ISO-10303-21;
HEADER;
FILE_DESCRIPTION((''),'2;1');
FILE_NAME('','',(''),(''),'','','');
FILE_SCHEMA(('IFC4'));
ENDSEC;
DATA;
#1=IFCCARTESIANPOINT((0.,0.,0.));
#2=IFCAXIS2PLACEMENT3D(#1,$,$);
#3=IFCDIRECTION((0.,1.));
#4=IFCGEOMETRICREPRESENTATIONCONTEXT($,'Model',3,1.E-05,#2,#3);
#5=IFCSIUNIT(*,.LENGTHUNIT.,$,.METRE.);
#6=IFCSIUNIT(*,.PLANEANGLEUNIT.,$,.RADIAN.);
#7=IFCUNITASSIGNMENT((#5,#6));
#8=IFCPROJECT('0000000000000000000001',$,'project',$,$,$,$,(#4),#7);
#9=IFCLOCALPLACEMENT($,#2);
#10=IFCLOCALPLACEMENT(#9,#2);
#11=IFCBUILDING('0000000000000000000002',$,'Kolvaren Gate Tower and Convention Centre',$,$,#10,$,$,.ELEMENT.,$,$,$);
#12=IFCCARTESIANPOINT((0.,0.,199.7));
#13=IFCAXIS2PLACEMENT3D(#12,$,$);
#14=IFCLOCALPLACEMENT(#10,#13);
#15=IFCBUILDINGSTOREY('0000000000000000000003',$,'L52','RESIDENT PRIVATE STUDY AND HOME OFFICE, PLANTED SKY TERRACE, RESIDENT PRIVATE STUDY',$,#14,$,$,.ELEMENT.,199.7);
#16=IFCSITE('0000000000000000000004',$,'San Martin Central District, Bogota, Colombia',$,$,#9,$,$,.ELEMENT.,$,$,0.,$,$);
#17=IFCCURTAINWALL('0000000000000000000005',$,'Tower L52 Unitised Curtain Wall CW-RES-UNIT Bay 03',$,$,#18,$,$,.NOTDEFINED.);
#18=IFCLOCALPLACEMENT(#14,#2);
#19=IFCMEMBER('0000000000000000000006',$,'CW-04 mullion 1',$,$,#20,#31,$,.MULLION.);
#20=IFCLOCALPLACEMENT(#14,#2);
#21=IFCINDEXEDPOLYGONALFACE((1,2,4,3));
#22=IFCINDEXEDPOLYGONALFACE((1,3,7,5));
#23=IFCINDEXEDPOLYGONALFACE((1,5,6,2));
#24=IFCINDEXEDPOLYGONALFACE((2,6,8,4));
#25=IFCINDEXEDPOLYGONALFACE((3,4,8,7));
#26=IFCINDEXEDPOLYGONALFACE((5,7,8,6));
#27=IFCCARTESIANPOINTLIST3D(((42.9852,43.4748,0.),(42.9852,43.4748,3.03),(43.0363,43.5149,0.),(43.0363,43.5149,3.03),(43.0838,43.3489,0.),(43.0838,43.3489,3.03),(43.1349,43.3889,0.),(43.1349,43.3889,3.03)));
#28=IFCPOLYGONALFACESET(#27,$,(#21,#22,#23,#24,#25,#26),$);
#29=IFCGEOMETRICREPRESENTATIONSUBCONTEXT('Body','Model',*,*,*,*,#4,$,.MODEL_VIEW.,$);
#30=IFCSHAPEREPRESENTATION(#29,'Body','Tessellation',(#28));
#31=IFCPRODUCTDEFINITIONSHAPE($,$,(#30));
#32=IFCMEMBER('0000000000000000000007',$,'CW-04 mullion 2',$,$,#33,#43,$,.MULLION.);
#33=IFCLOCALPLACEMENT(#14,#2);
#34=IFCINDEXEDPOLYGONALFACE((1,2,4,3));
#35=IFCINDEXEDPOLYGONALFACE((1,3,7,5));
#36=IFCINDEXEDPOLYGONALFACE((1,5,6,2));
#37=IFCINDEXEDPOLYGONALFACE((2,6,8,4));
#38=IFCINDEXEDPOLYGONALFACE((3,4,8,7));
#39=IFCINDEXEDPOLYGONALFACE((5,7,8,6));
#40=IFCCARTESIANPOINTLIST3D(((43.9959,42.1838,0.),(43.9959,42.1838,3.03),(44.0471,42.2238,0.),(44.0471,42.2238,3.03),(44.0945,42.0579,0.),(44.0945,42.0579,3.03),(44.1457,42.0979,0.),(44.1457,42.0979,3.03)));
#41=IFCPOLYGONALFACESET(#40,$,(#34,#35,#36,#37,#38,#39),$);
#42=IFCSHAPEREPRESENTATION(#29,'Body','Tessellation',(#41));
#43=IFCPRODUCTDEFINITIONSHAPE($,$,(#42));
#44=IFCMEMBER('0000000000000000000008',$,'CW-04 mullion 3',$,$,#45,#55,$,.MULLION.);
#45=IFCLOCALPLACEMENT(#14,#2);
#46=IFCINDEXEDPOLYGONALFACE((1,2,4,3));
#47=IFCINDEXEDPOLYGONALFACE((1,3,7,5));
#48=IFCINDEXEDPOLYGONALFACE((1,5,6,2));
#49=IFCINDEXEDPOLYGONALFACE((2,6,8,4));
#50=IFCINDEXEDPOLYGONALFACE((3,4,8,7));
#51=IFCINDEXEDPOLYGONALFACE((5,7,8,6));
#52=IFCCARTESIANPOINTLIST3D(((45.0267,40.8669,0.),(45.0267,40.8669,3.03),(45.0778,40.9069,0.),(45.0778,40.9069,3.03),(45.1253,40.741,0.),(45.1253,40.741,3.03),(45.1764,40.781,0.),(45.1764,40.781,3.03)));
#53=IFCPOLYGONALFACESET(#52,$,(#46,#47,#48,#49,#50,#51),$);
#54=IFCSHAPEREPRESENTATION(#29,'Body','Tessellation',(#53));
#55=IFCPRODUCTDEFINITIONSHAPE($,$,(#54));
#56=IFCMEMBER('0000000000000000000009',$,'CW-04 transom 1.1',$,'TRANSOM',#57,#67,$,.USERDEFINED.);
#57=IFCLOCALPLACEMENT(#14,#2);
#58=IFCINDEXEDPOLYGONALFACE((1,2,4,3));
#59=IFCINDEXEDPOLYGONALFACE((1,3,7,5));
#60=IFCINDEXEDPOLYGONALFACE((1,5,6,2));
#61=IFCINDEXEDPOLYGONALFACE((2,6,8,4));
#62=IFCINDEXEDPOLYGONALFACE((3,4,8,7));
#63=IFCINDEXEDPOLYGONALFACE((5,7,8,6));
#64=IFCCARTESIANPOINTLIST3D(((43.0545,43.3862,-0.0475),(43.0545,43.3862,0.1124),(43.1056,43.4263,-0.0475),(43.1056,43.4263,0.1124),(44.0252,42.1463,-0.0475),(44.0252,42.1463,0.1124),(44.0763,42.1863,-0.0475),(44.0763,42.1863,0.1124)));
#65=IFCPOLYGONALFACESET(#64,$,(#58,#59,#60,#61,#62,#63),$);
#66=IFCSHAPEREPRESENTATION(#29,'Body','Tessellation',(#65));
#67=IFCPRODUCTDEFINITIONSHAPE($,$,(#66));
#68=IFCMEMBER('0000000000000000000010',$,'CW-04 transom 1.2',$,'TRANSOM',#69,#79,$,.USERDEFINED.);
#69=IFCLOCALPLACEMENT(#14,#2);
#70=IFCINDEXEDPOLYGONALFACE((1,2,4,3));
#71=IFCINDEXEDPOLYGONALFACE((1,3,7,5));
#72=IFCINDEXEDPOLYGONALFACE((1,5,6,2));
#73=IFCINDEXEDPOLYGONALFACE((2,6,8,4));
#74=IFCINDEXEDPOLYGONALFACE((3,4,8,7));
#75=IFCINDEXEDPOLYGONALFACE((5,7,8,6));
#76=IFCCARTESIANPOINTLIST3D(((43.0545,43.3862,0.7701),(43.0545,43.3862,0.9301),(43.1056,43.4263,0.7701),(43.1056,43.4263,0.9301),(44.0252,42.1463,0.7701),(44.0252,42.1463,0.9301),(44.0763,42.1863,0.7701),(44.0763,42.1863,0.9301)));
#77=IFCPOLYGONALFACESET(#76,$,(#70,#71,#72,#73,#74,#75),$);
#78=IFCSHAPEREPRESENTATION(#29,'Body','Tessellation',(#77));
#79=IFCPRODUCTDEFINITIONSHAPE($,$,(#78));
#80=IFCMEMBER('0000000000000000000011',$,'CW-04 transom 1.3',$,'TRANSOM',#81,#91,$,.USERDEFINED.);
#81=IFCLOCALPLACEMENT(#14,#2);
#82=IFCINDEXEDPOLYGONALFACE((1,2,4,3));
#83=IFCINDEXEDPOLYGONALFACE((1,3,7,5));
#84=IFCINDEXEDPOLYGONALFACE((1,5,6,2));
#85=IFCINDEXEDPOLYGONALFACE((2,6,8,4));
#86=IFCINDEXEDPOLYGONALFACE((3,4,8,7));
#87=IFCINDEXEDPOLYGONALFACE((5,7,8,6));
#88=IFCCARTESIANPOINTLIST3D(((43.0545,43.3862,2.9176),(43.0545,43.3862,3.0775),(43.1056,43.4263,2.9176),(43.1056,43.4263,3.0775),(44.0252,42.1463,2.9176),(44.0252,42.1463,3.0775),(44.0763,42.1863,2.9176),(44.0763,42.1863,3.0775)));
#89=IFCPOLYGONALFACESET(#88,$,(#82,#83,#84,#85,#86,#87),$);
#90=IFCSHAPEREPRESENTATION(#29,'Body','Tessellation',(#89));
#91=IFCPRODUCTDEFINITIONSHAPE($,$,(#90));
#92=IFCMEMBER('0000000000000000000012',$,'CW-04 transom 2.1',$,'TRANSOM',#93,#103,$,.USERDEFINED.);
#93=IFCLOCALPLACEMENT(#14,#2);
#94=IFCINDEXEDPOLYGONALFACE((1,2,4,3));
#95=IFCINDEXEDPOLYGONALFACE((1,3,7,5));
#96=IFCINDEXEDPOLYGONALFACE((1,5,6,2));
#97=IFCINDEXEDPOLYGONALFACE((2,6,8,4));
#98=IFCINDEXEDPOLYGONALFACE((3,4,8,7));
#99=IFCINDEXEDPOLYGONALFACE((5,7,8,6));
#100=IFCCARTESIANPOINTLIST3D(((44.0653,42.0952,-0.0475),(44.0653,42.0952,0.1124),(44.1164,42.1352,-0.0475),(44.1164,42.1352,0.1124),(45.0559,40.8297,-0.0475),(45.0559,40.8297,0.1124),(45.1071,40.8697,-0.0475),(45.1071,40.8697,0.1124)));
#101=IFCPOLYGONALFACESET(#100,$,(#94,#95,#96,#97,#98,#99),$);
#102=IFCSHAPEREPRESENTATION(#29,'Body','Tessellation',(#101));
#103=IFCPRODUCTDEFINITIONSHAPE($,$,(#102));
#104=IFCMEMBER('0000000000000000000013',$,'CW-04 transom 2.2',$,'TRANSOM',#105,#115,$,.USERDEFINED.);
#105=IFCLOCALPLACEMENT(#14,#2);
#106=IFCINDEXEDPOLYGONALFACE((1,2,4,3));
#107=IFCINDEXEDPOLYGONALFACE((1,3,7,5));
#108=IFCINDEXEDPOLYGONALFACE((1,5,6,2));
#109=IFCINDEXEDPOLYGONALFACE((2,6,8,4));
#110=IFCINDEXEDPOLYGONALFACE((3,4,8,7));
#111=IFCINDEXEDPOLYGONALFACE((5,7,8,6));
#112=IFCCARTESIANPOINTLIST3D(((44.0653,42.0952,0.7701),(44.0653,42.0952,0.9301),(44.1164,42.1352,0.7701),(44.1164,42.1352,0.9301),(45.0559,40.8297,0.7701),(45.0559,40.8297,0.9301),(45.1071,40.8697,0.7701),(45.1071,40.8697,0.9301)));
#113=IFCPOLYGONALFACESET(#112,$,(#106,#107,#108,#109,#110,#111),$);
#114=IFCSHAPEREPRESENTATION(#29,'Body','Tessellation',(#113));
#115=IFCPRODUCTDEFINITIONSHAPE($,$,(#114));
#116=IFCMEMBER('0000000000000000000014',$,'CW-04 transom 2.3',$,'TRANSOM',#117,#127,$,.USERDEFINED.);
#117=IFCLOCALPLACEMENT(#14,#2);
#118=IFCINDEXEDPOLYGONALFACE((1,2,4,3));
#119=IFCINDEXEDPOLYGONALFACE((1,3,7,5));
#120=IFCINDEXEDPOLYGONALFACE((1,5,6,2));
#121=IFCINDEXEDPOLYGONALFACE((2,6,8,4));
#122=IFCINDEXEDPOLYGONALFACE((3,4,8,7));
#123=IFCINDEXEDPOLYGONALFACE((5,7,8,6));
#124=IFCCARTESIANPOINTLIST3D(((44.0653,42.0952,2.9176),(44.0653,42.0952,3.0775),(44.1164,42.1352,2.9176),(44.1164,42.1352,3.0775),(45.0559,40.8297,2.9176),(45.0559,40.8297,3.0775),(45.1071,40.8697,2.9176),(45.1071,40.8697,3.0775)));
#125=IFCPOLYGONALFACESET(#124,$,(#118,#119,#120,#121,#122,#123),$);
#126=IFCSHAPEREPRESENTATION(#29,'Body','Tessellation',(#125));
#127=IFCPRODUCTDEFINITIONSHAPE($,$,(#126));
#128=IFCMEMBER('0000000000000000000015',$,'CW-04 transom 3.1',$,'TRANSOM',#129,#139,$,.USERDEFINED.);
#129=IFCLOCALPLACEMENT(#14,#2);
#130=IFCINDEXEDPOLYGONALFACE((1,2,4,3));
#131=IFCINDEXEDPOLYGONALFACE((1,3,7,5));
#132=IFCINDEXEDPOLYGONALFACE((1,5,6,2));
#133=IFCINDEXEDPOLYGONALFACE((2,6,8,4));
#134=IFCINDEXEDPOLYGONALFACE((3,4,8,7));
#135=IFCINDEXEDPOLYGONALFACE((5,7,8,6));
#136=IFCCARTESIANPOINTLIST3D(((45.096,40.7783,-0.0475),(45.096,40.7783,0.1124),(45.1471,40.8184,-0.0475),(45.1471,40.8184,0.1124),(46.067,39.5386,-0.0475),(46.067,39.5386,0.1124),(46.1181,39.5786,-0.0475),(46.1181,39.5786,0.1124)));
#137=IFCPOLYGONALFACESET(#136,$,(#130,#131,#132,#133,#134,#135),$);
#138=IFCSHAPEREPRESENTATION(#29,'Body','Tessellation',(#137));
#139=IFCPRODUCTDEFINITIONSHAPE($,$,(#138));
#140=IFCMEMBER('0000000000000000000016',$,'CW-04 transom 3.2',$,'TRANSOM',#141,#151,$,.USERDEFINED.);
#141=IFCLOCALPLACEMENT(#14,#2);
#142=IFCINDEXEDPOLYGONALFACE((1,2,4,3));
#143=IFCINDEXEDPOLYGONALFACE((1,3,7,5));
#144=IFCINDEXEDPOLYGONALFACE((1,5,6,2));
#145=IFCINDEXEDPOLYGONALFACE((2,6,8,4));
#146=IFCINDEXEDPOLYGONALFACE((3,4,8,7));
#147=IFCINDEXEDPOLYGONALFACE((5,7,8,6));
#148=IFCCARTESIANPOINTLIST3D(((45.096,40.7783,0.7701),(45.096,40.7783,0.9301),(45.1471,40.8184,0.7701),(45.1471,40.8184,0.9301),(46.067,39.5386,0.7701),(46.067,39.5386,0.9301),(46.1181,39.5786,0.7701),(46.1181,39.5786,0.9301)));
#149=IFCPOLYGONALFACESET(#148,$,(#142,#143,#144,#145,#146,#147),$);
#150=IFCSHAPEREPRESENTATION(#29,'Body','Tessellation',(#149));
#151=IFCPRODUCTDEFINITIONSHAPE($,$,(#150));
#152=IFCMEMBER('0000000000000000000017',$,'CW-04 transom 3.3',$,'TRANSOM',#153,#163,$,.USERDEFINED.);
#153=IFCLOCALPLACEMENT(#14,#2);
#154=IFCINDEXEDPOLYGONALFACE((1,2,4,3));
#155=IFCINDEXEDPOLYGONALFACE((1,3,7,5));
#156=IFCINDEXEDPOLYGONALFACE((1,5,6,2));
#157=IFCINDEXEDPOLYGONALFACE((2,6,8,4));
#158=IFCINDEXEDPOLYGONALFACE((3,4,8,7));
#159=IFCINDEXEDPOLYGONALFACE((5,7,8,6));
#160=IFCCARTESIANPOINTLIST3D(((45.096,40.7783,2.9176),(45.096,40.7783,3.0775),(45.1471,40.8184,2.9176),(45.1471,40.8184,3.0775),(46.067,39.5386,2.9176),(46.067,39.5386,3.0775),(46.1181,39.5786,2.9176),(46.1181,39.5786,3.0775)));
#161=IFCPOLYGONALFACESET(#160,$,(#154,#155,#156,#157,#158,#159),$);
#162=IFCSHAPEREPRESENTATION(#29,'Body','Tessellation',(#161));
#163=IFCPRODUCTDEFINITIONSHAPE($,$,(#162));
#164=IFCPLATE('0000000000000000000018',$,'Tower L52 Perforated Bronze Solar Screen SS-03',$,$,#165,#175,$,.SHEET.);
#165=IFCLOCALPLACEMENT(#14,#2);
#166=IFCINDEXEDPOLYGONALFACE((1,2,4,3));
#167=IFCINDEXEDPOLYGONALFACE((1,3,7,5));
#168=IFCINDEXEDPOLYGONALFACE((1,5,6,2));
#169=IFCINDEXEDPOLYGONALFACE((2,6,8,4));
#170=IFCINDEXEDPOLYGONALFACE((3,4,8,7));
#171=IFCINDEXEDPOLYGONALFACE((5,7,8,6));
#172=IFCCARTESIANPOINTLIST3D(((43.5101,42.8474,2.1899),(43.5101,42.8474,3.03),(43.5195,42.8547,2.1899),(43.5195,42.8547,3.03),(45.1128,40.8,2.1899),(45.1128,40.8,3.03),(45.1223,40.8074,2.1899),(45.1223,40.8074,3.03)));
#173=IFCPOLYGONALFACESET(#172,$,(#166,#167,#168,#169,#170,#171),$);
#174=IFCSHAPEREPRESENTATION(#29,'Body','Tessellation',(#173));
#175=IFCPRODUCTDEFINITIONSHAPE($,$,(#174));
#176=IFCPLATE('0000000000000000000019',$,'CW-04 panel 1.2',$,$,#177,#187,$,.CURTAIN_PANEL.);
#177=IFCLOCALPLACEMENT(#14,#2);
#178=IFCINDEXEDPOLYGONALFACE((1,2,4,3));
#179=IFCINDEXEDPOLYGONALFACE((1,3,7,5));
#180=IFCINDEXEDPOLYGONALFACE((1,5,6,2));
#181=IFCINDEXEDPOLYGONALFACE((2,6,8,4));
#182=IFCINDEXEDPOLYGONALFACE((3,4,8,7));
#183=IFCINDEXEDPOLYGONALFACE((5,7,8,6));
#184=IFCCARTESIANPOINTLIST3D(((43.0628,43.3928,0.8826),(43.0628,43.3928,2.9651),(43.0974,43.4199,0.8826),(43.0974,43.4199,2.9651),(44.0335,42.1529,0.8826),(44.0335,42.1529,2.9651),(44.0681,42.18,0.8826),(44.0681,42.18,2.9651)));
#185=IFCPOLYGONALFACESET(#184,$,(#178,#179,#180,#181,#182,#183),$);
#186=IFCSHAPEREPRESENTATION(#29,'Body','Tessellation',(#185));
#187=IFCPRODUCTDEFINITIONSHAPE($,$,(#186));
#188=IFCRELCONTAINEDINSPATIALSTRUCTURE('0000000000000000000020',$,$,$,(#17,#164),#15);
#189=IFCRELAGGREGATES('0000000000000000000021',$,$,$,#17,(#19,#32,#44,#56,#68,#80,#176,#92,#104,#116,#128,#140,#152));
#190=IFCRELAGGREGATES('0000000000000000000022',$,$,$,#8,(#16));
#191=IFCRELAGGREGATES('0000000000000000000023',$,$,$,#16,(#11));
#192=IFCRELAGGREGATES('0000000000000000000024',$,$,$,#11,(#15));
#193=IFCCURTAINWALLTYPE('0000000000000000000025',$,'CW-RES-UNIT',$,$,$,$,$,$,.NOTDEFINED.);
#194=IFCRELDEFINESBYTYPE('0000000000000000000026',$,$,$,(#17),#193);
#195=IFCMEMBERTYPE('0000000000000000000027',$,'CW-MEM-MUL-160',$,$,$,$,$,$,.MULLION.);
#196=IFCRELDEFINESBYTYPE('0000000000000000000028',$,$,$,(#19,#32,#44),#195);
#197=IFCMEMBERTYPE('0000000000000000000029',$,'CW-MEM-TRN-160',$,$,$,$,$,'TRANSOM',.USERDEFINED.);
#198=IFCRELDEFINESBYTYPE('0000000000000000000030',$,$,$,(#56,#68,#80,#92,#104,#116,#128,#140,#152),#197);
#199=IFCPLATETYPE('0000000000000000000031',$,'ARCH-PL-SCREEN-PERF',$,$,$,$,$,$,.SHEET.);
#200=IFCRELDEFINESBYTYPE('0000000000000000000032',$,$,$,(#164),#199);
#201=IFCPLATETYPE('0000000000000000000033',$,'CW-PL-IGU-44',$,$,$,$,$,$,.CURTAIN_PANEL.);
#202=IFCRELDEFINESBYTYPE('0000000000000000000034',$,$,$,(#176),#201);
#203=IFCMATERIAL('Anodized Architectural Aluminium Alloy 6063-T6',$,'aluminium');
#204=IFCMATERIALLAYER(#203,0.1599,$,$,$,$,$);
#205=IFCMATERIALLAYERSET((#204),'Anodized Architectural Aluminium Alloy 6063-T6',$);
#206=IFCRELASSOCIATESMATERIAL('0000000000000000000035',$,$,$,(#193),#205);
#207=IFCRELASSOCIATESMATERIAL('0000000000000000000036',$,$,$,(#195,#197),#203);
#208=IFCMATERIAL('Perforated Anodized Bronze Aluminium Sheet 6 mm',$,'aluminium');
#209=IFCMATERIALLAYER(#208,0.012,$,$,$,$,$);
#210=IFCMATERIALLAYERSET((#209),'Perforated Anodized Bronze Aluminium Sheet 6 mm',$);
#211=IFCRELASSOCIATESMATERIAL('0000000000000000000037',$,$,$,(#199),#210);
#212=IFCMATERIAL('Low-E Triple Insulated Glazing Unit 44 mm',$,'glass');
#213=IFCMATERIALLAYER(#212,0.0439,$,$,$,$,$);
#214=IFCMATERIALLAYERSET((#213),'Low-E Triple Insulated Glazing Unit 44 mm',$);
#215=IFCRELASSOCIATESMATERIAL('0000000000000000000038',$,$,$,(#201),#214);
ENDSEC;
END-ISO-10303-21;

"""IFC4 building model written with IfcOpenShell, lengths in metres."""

from ifc_helpers import new_model, si_unit, direction, frame, origin, origin_2d, place, context, subcontext, project, spatial, rectangle, extrude, material, layer, layer_set, material_profile, profile_set, type_object, element, aggregate, save


model = new_model("IFC4")

# Units and contexts
model_context = context("Model", 3, precision=1e-05, world=origin(), true_north=direction((0.0, 1.0)))
body_context = subcontext(model_context, "Body", "Model", "MODEL_VIEW")
ifc_project = project(units=[si_unit("LENGTHUNIT", "METRE"), si_unit("PLANEANGLEUNIT", "RADIAN")], contexts=[model_context])

# Site, building, storey
site_placement = place(None, origin())
site = spatial("IfcSite", under=ifc_project, at=site_placement, Name="San Martin Central District, Bogota, Colombia", CompositionType="ELEMENT", RefElevation=0.0)
building_placement = place(site_placement, origin())
building = spatial("IfcBuilding", under=site, at=building_placement, Name="Kolvaren Gate Tower and Convention Centre", CompositionType="ELEMENT")
storey_placement = place(building_placement, frame((0.0, 0.0, 199.7)))
storey = spatial("IfcBuildingStorey", under=building, at=storey_placement, Name="L52", Description="RESIDENT PRIVATE STUDY AND HOME OFFICE, PLANTED SKY TERRACE, RESIDENT PRIVATE STUDY", CompositionType="ELEMENT", Elevation=199.7)

# Curtain wall, members
ifc_material_1 = material(Name="Anodized Architectural Aluminium Alloy 6063-T6", Category="aluminium")
ifc_layer_1 = layer(ifc_material_1, 0.1599)
ifc_layer_set_1 = layer_set([ifc_layer_1], Name="Anodized Architectural Aluminium Alloy 6063-T6")
curtain_wall_type = type_object("IfcCurtainWallType", Name="CW-RES-UNIT", PredefinedType="NOTDEFINED", material=ifc_layer_set_1)
curtain_wall_placement = place(storey_placement, origin())
curtain_wall = element("IfcCurtainWall", 1, at=curtain_wall_placement, inside=storey, type_object=curtain_wall_type, Name="Tower L52 Unitised Curtain Wall CW-RES-UNIT Bay 03", PredefinedType="NOTDEFINED")
ifc_material_profile_1 = material_profile(ifc_material_1, rectangle(XDim=0.0649, YDim=0.1599, at=origin_2d()), Name="CW-MEM-MUL-160")
ifc_profile_set_1 = profile_set([ifc_material_profile_1], Name="Anodized Architectural Aluminium Alloy 6063-T6")
member_type_1 = type_object("IfcMemberType", Name="CW-MEM-MUL-160", PredefinedType="MULLION", material=ifc_profile_set_1)
member_1_placement = place(storey_placement, frame((43.0601, 43.4319, 0.0), z_axis=(0.0, 0.0, 1.0), x_axis=(0.787404, 0.616437, 0.0)))
member_1 = element("IfcMember", 2, at=member_1_placement, type_object=member_type_1, Name="CW-04 mullion 1", PredefinedType="MULLION", context=body_context, shape_type="SweptSolid", body=[
    extrude(rectangle(XDim=0.0649, YDim=0.1599, at=origin_2d()), origin(), (0.0, 0.0, 1.0), 3.03),
])
member_2_placement = place(storey_placement, frame((44.0708, 42.1409, 0.0), z_axis=(0.0, 0.0, 1.0), x_axis=(0.787404, 0.616437, 0.0)))
member_2 = element("IfcMember", 3, at=member_2_placement, type_object=member_type_1, Name="CW-04 mullion 2", PredefinedType="MULLION", context=body_context, shape_type="SweptSolid", body=[
    extrude(rectangle(XDim=0.0649, YDim=0.1599, at=origin_2d()), origin(), (0.0, 0.0, 1.0), 3.03),
])
member_3_placement = place(storey_placement, frame((45.1016, 40.824, 0.0), z_axis=(0.0, 0.0, 1.0), x_axis=(0.787404, 0.616437, 0.0)))
member_3 = element("IfcMember", 4, at=member_3_placement, type_object=member_type_1, Name="CW-04 mullion 3", PredefinedType="MULLION", context=body_context, shape_type="SweptSolid", body=[
    extrude(rectangle(XDim=0.0649, YDim=0.1599, at=origin_2d()), origin(), (0.0, 0.0, 1.0), 3.03),
])
ifc_material_profile_2 = material_profile(ifc_material_1, rectangle(XDim=0.0649, YDim=0.1599, at=origin_2d()), Name="CW-MEM-TRN-160")
ifc_profile_set_2 = profile_set([ifc_material_profile_2], Name="Anodized Architectural Aluminium Alloy 6063-T6")
member_type_2 = type_object("IfcMemberType", Name="CW-MEM-TRN-160", ElementType="TRANSOM", PredefinedType="USERDEFINED", material=ifc_profile_set_2)
member_4_placement = place(storey_placement, frame((43.0801, 43.4062, 0.0325), z_axis=(0.616417, -0.78742, 0.0), x_axis=(0.78742, 0.616417, 0.0)))
member_4 = element("IfcMember", 5, at=member_4_placement, type_object=member_type_2, Name="CW-04 transom 1.1", ObjectType="TRANSOM", PredefinedType="USERDEFINED", context=body_context, shape_type="SweptSolid", body=[
    extrude(rectangle(XDim=0.0649, YDim=0.1599, at=origin_2d()), origin(), (0.0, 0.0, 1.0), 1.5747),
])
member_5_placement = place(storey_placement, frame((43.0801, 43.4062, 0.8501), z_axis=(0.616417, -0.78742, 0.0), x_axis=(0.78742, 0.616417, 0.0)))
member_5 = element("IfcMember", 6, at=member_5_placement, type_object=member_type_2, Name="CW-04 transom 1.2", ObjectType="TRANSOM", PredefinedType="USERDEFINED", context=body_context, shape_type="SweptSolid", body=[
    extrude(rectangle(XDim=0.0649, YDim=0.1599, at=origin_2d()), origin(), (0.0, 0.0, 1.0), 1.5747),
])
member_6_placement = place(storey_placement, frame((43.0801, 43.4062, 2.9976), z_axis=(0.616417, -0.78742, 0.0), x_axis=(0.78742, 0.616417, 0.0)))
member_6 = element("IfcMember", 7, at=member_6_placement, type_object=member_type_2, Name="CW-04 transom 1.3", ObjectType="TRANSOM", PredefinedType="USERDEFINED", context=body_context, shape_type="SweptSolid", body=[
    extrude(rectangle(XDim=0.0649, YDim=0.1599, at=origin_2d()), origin(), (0.0, 0.0, 1.0), 1.5747),
])
member_7_placement = place(storey_placement, frame((44.0908, 42.1152, 0.0325), z_axis=(0.616398, -0.787434, 0.0), x_axis=(0.787434, 0.616398, 0.0)))
member_7 = element("IfcMember", 8, at=member_7_placement, type_object=member_type_2, Name="CW-04 transom 2.1", ObjectType="TRANSOM", PredefinedType="USERDEFINED", context=body_context, shape_type="SweptSolid", body=[
    extrude(rectangle(XDim=0.0649, YDim=0.1599, at=origin_2d()), origin(), (0.0, 0.0, 1.0), 1.6072),
])
member_8_placement = place(storey_placement, frame((44.0908, 42.1152, 0.8501), z_axis=(0.616398, -0.787434, 0.0), x_axis=(0.787434, 0.616398, 0.0)))
member_8 = element("IfcMember", 9, at=member_8_placement, type_object=member_type_2, Name="CW-04 transom 2.2", ObjectType="TRANSOM", PredefinedType="USERDEFINED", context=body_context, shape_type="SweptSolid", body=[
    extrude(rectangle(XDim=0.0649, YDim=0.1599, at=origin_2d()), origin(), (0.0, 0.0, 1.0), 1.6072),
])
member_9_placement = place(storey_placement, frame((44.0908, 42.1152, 2.9976), z_axis=(0.616398, -0.787434, 0.0), x_axis=(0.787434, 0.616398, 0.0)))
member_9 = element("IfcMember", 10, at=member_9_placement, type_object=member_type_2, Name="CW-04 transom 2.3", ObjectType="TRANSOM", PredefinedType="USERDEFINED", context=body_context, shape_type="SweptSolid", body=[
    extrude(rectangle(XDim=0.0649, YDim=0.1599, at=origin_2d()), origin(), (0.0, 0.0, 1.0), 1.6072),
])
member_10_placement = place(storey_placement, frame((45.1216, 40.7983, 0.0325), z_axis=(0.616588, -0.787286, 0.0), x_axis=(0.787286, 0.616588, 0.0)))
member_10 = element("IfcMember", 11, at=member_10_placement, type_object=member_type_2, Name="CW-04 transom 3.1", ObjectType="TRANSOM", PredefinedType="USERDEFINED", context=body_context, shape_type="SweptSolid", body=[
    extrude(rectangle(XDim=0.0649, YDim=0.1599, at=origin_2d()), origin(), (0.0, 0.0, 1.0), 1.5747),
])
member_11_placement = place(storey_placement, frame((45.1216, 40.7983, 0.8501), z_axis=(0.616588, -0.787286, 0.0), x_axis=(0.787286, 0.616588, 0.0)))
member_11 = element("IfcMember", 12, at=member_11_placement, type_object=member_type_2, Name="CW-04 transom 3.2", ObjectType="TRANSOM", PredefinedType="USERDEFINED", context=body_context, shape_type="SweptSolid", body=[
    extrude(rectangle(XDim=0.0649, YDim=0.1599, at=origin_2d()), origin(), (0.0, 0.0, 1.0), 1.5747),
])
member_12_placement = place(storey_placement, frame((45.1216, 40.7983, 2.9976), z_axis=(0.616588, -0.787286, 0.0), x_axis=(0.787286, 0.616588, 0.0)))
member_12 = element("IfcMember", 13, at=member_12_placement, type_object=member_type_2, Name="CW-04 transom 3.3", ObjectType="TRANSOM", PredefinedType="USERDEFINED", context=body_context, shape_type="SweptSolid", body=[
    extrude(rectangle(XDim=0.0649, YDim=0.1599, at=origin_2d()), origin(), (0.0, 0.0, 1.0), 1.5747),
])

# Plates
ifc_material_2 = material(Name="Perforated Anodized Bronze Aluminium Sheet 6 mm", Category="aluminium")
ifc_layer_2 = layer(ifc_material_2, 0.012)
ifc_layer_set_2 = layer_set([ifc_layer_2], Name="Perforated Anodized Bronze Aluminium Sheet 6 mm")
plate_type_1 = type_object("IfcPlateType", Name="ARCH-PL-SCREEN-PERF", PredefinedType="SHEET", material=ifc_layer_set_2)
plate_1_placement = place(storey_placement, frame((44.3162, 41.8274, 2.1899), z_axis=(0.0, 0.0, 1.0), x_axis=(0.616434, -0.787406, 0.0)))
element("IfcPlate", 14, at=plate_1_placement, inside=storey, type_object=plate_type_1, Name="Tower L52 Perforated Bronze Solar Screen SS-03", PredefinedType="SHEET", context=body_context, shape_type="SweptSolid", body=[
    extrude(rectangle(XDim=2.6001, YDim=0.012, at=origin_2d()), origin(), (0.0, 0.0, 1.0), 0.8401),
])
ifc_material_3 = material(Name="Low-E Triple Insulated Glazing Unit 44 mm", Category="glass")
ifc_layer_3 = layer(ifc_material_3, 0.0439)
ifc_layer_set_3 = layer_set([ifc_layer_3], Name="Low-E Triple Insulated Glazing Unit 44 mm")
plate_type_2 = type_object("IfcPlateType", Name="CW-PL-IGU-44", PredefinedType="CURTAIN_PANEL", material=ifc_layer_set_3)
plate_2_placement = place(storey_placement, frame((43.5654, 42.7864, 0.8826), z_axis=(0.0, 0.0, 1.0), x_axis=(0.616437, -0.787404, 0.0)))
plate_2 = element("IfcPlate", 15, at=plate_2_placement, type_object=plate_type_2, Name="CW-04 panel 1.2", PredefinedType="CURTAIN_PANEL", context=body_context, shape_type="SweptSolid", body=[
    extrude(rectangle(XDim=1.5747, YDim=0.0439, at=origin_2d()), origin(), (0.0, 0.0, 1.0), 2.0825),
])
aggregate(curtain_wall, [member_1, member_2, member_3, member_4, member_5, member_6, plate_2, member_7, member_8, member_9, member_10, member_11, member_12])

save(model, "model.ifc")
